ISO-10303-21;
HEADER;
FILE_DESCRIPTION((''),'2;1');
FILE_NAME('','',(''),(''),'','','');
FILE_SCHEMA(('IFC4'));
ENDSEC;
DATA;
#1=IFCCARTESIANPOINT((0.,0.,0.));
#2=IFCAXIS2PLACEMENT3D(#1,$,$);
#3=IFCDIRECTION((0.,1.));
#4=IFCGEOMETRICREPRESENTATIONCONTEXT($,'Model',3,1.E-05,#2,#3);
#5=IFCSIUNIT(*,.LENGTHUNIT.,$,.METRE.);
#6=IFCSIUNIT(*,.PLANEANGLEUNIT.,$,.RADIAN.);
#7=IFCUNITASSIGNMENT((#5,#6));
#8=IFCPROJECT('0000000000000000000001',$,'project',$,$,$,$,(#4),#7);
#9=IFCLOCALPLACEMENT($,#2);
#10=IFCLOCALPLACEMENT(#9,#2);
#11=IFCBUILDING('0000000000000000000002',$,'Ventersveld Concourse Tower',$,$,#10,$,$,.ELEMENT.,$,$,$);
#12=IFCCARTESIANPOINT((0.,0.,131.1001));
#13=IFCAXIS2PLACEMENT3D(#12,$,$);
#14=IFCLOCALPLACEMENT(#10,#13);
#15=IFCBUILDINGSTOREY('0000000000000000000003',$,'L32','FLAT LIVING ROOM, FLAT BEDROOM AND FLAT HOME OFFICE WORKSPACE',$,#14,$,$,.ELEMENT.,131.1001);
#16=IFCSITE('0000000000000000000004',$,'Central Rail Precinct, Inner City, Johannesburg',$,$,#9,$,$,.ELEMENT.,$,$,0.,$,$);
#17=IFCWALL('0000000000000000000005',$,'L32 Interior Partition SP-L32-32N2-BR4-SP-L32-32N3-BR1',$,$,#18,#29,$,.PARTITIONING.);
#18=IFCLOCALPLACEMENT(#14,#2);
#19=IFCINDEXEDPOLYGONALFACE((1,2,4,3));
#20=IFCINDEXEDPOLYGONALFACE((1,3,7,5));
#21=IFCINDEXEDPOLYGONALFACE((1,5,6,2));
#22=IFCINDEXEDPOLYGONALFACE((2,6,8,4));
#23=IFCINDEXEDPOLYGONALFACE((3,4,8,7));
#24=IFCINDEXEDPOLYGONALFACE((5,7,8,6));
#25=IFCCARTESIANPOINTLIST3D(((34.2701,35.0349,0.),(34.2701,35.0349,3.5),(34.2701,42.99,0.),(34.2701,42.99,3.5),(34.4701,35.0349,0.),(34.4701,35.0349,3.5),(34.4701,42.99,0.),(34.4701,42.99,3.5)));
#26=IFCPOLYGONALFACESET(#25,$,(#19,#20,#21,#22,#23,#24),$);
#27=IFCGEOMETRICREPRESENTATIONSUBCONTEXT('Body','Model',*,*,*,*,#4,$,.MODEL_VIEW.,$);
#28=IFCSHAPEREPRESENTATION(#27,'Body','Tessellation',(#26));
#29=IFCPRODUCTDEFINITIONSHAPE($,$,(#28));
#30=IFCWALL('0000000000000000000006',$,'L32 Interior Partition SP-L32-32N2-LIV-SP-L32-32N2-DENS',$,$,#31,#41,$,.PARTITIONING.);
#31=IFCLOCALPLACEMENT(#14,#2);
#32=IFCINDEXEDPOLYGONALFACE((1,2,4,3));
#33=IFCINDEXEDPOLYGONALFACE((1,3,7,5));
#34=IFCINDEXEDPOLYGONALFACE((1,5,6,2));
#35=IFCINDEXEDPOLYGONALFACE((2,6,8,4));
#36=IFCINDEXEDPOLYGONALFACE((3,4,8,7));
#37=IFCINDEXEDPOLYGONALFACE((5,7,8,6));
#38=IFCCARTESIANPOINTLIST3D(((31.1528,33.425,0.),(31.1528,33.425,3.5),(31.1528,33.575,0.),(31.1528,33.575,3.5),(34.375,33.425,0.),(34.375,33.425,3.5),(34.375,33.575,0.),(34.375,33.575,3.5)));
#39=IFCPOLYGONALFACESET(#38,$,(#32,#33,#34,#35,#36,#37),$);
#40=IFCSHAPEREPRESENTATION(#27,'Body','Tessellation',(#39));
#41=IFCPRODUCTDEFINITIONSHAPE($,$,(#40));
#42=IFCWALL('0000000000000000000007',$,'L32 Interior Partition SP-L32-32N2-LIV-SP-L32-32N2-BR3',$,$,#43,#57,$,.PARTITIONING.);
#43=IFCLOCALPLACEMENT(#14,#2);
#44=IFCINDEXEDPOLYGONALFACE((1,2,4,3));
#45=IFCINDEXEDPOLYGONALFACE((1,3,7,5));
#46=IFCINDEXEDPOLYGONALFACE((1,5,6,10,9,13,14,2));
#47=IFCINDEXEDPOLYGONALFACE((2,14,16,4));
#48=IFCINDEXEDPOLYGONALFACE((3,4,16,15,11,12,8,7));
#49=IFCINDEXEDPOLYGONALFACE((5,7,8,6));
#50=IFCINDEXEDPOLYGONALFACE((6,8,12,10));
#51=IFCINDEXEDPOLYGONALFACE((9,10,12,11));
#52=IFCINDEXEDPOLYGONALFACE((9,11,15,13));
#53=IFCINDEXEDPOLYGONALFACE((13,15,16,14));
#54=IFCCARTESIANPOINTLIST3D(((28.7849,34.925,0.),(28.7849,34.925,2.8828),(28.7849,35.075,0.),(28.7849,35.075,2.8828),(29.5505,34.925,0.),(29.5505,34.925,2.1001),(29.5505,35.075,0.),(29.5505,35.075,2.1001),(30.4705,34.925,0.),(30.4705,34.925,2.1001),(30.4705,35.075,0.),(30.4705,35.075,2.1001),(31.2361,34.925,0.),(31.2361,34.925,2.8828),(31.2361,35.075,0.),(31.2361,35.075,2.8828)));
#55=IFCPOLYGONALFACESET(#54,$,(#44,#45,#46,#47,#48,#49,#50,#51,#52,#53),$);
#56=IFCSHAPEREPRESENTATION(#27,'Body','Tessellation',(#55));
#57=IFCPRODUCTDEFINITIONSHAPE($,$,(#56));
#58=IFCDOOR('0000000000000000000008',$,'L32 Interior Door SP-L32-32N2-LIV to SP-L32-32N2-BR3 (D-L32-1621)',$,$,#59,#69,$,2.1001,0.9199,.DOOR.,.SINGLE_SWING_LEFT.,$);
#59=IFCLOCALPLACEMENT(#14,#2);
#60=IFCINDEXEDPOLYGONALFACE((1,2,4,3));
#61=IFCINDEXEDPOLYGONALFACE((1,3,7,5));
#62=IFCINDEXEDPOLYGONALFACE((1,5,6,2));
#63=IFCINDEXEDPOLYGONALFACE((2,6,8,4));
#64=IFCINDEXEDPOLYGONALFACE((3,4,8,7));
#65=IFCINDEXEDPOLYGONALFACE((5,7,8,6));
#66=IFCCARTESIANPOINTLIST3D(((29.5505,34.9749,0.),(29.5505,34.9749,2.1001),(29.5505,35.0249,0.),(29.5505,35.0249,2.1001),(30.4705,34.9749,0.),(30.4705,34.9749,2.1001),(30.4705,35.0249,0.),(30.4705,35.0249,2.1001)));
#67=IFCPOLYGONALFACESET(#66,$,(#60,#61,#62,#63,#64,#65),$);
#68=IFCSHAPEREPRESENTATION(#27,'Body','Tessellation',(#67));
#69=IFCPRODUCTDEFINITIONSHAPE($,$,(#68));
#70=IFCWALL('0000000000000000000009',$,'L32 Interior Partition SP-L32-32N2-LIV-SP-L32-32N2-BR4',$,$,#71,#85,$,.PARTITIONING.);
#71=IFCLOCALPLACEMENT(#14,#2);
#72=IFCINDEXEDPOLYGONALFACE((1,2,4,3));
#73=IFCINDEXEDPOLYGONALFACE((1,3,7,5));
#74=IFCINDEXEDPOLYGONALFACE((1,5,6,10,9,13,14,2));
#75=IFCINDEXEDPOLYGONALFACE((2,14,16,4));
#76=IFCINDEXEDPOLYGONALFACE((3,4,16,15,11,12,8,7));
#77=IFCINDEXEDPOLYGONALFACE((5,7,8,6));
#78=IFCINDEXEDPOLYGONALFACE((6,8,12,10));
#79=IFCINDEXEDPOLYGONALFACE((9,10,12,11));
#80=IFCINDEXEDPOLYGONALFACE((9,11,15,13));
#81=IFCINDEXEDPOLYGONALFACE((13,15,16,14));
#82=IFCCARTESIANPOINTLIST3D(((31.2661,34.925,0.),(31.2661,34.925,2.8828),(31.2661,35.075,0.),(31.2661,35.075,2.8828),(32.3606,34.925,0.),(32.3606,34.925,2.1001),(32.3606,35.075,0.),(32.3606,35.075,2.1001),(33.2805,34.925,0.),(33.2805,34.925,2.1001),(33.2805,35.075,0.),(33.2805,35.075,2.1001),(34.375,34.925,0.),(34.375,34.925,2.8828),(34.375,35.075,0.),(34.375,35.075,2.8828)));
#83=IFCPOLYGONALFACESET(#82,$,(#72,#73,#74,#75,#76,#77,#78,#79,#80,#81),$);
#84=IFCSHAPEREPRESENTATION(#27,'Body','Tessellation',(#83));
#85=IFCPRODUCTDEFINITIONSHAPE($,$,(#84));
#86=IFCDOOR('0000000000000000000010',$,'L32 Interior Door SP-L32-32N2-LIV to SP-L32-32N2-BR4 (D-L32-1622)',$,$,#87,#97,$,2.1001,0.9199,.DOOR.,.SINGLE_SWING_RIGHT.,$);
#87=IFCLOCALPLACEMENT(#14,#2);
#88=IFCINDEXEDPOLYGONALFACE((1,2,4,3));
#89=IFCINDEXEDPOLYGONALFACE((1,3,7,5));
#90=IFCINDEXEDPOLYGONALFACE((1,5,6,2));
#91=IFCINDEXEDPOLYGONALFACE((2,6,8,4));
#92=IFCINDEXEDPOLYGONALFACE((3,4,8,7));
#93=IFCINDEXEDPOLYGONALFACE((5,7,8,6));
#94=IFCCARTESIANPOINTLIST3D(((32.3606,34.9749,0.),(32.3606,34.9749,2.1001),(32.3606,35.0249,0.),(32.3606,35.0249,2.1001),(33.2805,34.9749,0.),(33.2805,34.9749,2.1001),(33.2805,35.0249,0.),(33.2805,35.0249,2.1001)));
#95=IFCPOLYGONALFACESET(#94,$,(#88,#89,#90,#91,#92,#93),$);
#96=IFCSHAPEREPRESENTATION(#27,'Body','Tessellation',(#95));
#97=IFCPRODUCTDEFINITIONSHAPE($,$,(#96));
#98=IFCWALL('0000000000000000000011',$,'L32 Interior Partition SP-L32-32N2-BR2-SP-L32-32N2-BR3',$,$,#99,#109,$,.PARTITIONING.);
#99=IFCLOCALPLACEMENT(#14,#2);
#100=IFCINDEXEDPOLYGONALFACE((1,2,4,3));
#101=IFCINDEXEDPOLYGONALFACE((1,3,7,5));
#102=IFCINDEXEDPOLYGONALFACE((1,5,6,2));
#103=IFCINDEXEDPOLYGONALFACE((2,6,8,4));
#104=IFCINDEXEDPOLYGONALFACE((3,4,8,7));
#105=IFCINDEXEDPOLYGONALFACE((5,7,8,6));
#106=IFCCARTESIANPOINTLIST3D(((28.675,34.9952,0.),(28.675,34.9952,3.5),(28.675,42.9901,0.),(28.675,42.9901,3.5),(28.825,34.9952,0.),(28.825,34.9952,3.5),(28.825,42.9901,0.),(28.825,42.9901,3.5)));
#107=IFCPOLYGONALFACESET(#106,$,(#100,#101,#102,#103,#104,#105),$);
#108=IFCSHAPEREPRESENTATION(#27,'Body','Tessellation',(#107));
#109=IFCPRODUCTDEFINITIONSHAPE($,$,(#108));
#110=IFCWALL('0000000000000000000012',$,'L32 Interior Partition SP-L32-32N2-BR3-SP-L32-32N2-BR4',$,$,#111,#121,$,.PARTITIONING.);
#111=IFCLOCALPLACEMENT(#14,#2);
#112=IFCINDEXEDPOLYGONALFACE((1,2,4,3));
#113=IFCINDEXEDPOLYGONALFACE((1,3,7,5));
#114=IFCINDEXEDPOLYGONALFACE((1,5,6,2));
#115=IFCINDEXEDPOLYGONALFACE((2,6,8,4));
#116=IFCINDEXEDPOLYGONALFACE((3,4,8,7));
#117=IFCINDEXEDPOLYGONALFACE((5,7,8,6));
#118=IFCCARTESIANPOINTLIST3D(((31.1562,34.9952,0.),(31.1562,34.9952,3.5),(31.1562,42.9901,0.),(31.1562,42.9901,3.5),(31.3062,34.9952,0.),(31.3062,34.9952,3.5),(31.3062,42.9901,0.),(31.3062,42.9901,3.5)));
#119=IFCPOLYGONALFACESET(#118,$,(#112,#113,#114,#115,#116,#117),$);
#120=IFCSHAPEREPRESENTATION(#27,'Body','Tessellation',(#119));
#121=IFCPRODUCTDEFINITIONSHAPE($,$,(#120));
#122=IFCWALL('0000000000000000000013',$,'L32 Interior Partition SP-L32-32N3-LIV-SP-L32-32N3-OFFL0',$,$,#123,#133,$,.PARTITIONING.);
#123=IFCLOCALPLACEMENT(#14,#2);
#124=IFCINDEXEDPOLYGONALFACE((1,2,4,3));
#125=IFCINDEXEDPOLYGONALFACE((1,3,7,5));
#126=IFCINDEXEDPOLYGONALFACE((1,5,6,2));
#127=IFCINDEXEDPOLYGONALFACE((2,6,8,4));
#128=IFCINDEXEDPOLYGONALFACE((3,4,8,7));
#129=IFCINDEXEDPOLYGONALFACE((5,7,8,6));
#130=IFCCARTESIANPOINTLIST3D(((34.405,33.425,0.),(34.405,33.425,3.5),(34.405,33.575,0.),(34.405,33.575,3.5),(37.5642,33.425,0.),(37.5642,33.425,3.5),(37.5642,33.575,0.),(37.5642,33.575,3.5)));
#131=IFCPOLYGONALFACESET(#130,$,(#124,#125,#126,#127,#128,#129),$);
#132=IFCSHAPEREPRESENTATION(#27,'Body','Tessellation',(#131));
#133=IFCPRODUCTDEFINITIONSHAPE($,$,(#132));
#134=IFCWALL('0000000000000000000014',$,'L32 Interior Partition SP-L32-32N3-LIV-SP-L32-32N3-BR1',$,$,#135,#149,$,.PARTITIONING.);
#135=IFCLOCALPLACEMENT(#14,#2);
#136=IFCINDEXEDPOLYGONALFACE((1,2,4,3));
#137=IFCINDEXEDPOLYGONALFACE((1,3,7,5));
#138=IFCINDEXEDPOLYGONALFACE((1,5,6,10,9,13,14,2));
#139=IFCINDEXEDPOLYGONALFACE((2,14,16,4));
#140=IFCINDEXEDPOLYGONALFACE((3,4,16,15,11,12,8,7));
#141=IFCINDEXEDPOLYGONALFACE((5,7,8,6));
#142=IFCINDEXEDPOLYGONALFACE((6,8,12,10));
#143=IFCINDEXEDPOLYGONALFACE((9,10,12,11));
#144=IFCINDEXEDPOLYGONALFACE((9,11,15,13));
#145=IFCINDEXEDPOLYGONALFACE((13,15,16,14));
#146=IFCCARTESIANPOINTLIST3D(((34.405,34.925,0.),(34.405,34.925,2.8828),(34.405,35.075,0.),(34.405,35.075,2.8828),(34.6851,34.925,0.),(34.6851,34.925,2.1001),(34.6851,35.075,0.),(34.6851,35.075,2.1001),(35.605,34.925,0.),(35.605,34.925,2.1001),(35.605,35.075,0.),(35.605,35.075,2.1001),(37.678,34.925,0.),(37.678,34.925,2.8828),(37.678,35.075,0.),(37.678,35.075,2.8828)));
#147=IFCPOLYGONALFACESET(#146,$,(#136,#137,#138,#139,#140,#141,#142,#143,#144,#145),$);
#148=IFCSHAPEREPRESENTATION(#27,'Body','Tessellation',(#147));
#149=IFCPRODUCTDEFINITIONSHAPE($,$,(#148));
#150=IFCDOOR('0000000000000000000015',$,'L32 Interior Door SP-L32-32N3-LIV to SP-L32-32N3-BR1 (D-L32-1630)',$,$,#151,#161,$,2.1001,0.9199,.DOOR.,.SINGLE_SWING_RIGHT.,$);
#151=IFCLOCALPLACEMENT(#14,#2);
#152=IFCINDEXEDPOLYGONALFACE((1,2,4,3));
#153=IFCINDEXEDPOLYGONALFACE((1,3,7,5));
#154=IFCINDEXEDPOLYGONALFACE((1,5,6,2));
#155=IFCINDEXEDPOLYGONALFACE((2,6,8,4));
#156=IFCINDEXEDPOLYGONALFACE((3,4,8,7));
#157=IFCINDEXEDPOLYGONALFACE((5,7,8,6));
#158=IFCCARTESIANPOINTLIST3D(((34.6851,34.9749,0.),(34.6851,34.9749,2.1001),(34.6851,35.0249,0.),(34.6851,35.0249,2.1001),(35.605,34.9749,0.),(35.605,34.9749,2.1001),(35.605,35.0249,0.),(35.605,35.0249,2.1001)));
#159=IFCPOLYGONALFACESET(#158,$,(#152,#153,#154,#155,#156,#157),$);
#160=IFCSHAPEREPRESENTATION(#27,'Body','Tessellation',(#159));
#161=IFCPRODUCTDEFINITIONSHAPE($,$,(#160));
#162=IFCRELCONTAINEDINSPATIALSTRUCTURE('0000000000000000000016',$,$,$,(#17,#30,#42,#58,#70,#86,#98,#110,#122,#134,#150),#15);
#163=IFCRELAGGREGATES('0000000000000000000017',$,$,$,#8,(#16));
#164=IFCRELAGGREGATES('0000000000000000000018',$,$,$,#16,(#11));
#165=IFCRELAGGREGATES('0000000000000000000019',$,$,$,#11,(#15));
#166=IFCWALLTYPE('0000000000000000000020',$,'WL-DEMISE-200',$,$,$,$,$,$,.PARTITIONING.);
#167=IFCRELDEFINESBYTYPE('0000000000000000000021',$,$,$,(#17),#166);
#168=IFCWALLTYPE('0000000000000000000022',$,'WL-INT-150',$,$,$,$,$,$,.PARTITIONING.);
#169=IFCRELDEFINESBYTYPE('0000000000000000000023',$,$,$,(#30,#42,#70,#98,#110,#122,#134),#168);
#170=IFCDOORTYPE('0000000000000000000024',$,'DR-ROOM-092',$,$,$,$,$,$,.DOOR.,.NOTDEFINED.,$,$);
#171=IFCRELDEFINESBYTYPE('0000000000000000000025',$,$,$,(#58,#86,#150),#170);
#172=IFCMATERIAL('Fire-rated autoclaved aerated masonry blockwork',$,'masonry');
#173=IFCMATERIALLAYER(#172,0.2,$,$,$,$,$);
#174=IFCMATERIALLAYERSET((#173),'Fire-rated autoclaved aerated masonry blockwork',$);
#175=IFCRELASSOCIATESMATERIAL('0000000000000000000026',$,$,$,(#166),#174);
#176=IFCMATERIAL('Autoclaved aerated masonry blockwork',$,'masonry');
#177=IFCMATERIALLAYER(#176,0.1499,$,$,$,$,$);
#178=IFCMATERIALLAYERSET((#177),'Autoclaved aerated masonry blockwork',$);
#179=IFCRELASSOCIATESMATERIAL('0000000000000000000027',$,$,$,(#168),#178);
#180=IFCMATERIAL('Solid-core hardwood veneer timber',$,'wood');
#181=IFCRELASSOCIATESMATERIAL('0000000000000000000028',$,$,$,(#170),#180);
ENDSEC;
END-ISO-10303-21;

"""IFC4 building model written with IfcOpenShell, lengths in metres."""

from ifc_helpers import new_model, si_unit, direction, frame, frame_2d, origin, place, context, subcontext, project, spatial, rectangle, extrude, material, layer, layer_set, type_object, element, fill, save


model = new_model("IFC4")

# Units and contexts
model_context = context("Model", 3, precision=1e-05, world=origin(), true_north=direction((0.0, 1.0)))
body_context = subcontext(model_context, "Body", "Model", "MODEL_VIEW")
ifc_project = project(units=[si_unit("LENGTHUNIT", "METRE"), si_unit("PLANEANGLEUNIT", "RADIAN")], contexts=[model_context])

# Site, building, storey
site_placement = place(None, origin())
site = spatial("IfcSite", under=ifc_project, at=site_placement, Name="Central Rail Precinct, Inner City, Johannesburg", CompositionType="ELEMENT", RefElevation=0.0)
building_placement = place(site_placement, origin())
building = spatial("IfcBuilding", under=site, at=building_placement, Name="Ventersveld Concourse Tower", CompositionType="ELEMENT")
storey_placement = place(building_placement, frame((0.0, 0.0, 131.1001)))
storey = spatial("IfcBuildingStorey", under=building, at=storey_placement, Name="L32", Description="FLAT LIVING ROOM, FLAT BEDROOM AND FLAT HOME OFFICE WORKSPACE", CompositionType="ELEMENT", Elevation=131.1001)

# Walls
ifc_material_1 = material(Name="Fire-rated autoclaved aerated masonry blockwork", Category="masonry")
ifc_layer_1 = layer(ifc_material_1, 0.2)
ifc_layer_set_1 = layer_set([ifc_layer_1], Name="Fire-rated autoclaved aerated masonry blockwork")
wall_type_1 = type_object("IfcWallType", Name="WL-DEMISE-200", PredefinedType="PARTITIONING", material=ifc_layer_set_1)
wall_1_placement = place(storey_placement, frame((34.3701, 35.0349, 0.0), z_axis=(0.0, 0.0, 1.0), x_axis=(0.0, 1.0, 0.0)))
element("IfcWall", 1, at=wall_1_placement, inside=storey, type_object=wall_type_1, Name="L32 Interior Partition SP-L32-32N2-BR4-SP-L32-32N3-BR1", PredefinedType="PARTITIONING", context=body_context, shape_type="SweptSolid", body=[
    extrude(rectangle(XDim=7.9551, YDim=0.2, at=frame_2d((3.9775, 0.0))), origin(), (0.0, 0.0, 1.0), 3.5),
])
ifc_material_2 = material(Name="Autoclaved aerated masonry blockwork", Category="masonry")
ifc_layer_2 = layer(ifc_material_2, 0.1499)
ifc_layer_set_2 = layer_set([ifc_layer_2], Name="Autoclaved aerated masonry blockwork")
wall_type_2 = type_object("IfcWallType", Name="WL-INT-150", PredefinedType="PARTITIONING", material=ifc_layer_set_2)
wall_2_placement = place(storey_placement, frame((31.1528, 33.5, 0.0), z_axis=(0.0, 0.0, 1.0), x_axis=(1.0, 0.0, 0.0)))
element("IfcWall", 2, at=wall_2_placement, inside=storey, type_object=wall_type_2, Name="L32 Interior Partition SP-L32-32N2-LIV-SP-L32-32N2-DENS", PredefinedType="PARTITIONING", context=body_context, shape_type="SweptSolid", body=[
    extrude(rectangle(XDim=3.2222, YDim=0.1499, at=frame_2d((1.6111, 0.0))), origin(), (0.0, 0.0, 1.0), 3.5),
])

# Walls, openings, doors
wall_3_placement = place(storey_placement, frame((28.7849, 35.0, 0.0), z_axis=(0.0, 0.0, 1.0), x_axis=(1.0, 0.0, 0.0)))
wall_3 = element("IfcWall", 3, at=wall_3_placement, inside=storey, type_object=wall_type_2, Name="L32 Interior Partition SP-L32-32N2-LIV-SP-L32-32N2-BR3", PredefinedType="PARTITIONING", context=body_context, shape_type="SweptSolid", body=[
    extrude(rectangle(XDim=2.4512, YDim=0.1499, at=frame_2d((1.2256, 0.0))), origin(), (0.0, 0.0, 1.0), 2.8828),
])
opening_1_placement = place(wall_3_placement, frame((0.7656, 0.0, 0.0)))
opening_1 = element("IfcOpeningElement", 4, at=opening_1_placement, cuts=wall_3, PredefinedType="OPENING", context=body_context, shape_type="SweptSolid", body=[
    extrude(rectangle(XDim=0.9199, YDim=2.1001, at=frame_2d((0.46, 1.05))), frame((0.0, 0.085, 0.0), z_axis=(0.0, -1.0, 0.0), x_axis=(1.0, 0.0, 0.0)), (0.0, 0.0, 1.0), 0.1699),
])
ifc_material_3 = material(Name="Solid-core hardwood veneer timber", Category="wood")
door_type = type_object("IfcDoorType", Name="DR-ROOM-092", OperationType="NOTDEFINED", PredefinedType="DOOR", material=ifc_material_3)
door_1_placement = place(opening_1_placement, origin())
door_1 = element("IfcDoor", 5, at=door_1_placement, inside=storey, type_object=door_type, Name="L32 Interior Door SP-L32-32N2-LIV to SP-L32-32N2-BR3 (D-L32-1621)", OperationType="SINGLE_SWING_LEFT", OverallHeight=2.1001, OverallWidth=0.9199, PredefinedType="DOOR", context=body_context, shape_type="SweptSolid", body=[
    extrude(rectangle(XDim=0.9199, YDim=2.1001, at=frame_2d((0.46, 1.05))), frame((0.0, 0.0249, 0.0), z_axis=(0.0, -1.0, 0.0), x_axis=(1.0, 0.0, 0.0)), (0.0, 0.0, 1.0), 0.05),
])
fill(opening_1, door_1)
wall_4_placement = place(storey_placement, frame((31.2661, 35.0, 0.0), z_axis=(0.0, 0.0, 1.0), x_axis=(1.0, 0.0, 0.0)))
wall_4 = element("IfcWall", 6, at=wall_4_placement, inside=storey, type_object=wall_type_2, Name="L32 Interior Partition SP-L32-32N2-LIV-SP-L32-32N2-BR4", PredefinedType="PARTITIONING", context=body_context, shape_type="SweptSolid", body=[
    extrude(rectangle(XDim=3.1089, YDim=0.1499, at=frame_2d((1.5544, 0.0))), origin(), (0.0, 0.0, 1.0), 2.8828),
])
opening_2_placement = place(wall_4_placement, frame((1.0945, 0.0, 0.0)))
opening_2 = element("IfcOpeningElement", 7, at=opening_2_placement, cuts=wall_4, PredefinedType="OPENING", context=body_context, shape_type="SweptSolid", body=[
    extrude(rectangle(XDim=0.9199, YDim=2.1001, at=frame_2d((0.46, 1.05))), frame((0.0, 0.085, 0.0), z_axis=(0.0, -1.0, 0.0), x_axis=(1.0, 0.0, 0.0)), (0.0, 0.0, 1.0), 0.1699),
])
door_2_placement = place(opening_2_placement, origin())
door_2 = element("IfcDoor", 8, at=door_2_placement, inside=storey, type_object=door_type, Name="L32 Interior Door SP-L32-32N2-LIV to SP-L32-32N2-BR4 (D-L32-1622)", OperationType="SINGLE_SWING_RIGHT", OverallHeight=2.1001, OverallWidth=0.9199, PredefinedType="DOOR", context=body_context, shape_type="SweptSolid", body=[
    extrude(rectangle(XDim=0.9199, YDim=2.1001, at=frame_2d((0.46, 1.05))), frame((0.0, 0.0249, 0.0), z_axis=(0.0, -1.0, 0.0), x_axis=(1.0, 0.0, 0.0)), (0.0, 0.0, 1.0), 0.05),
])
fill(opening_2, door_2)

# Walls
for number, where, z_axis, x_axis, name in (
    (9, (28.75, 34.9951, 0.0), (0.0, 0.0, 1.0), (0.0, 1.0, 0.0), "L32 Interior Partition SP-L32-32N2-BR2-SP-L32-32N2-BR3"),
    (10, (31.2312, 34.9951, 0.0), (0.0, 0.0, 1.0), (0.0, 1.0, 0.0), "L32 Interior Partition SP-L32-32N2-BR3-SP-L32-32N2-BR4"),
):
    element("IfcWall", number, at=place(storey_placement, frame(where, z_axis=z_axis, x_axis=x_axis)), inside=storey, type_object=wall_type_2, Name=name, PredefinedType="PARTITIONING", context=body_context, shape_type="SweptSolid", body=[
        extrude(rectangle(XDim=7.9949, YDim=0.1499, at=frame_2d((3.9976, 0.0))), origin(), (0.0, 0.0, 1.0), 3.5),
    ])
wall_5_placement = place(storey_placement, frame((34.405, 33.5, 0.0), z_axis=(0.0, 0.0, 1.0), x_axis=(1.0, 0.0, 0.0)))
element("IfcWall", 11, at=wall_5_placement, inside=storey, type_object=wall_type_2, Name="L32 Interior Partition SP-L32-32N3-LIV-SP-L32-32N3-OFFL0", PredefinedType="PARTITIONING", context=body_context, shape_type="SweptSolid", body=[
    extrude(rectangle(XDim=3.1592, YDim=0.1499, at=frame_2d((1.5796, 0.0))), origin(), (0.0, 0.0, 1.0), 3.5),
])

# Wall, opening, door
wall_6_placement = place(storey_placement, frame((34.405, 35.0, 0.0), z_axis=(0.0, 0.0, 1.0), x_axis=(1.0, 0.0, 0.0)))
wall_6 = element("IfcWall", 12, at=wall_6_placement, inside=storey, type_object=wall_type_2, Name="L32 Interior Partition SP-L32-32N3-LIV-SP-L32-32N3-BR1", PredefinedType="PARTITIONING", context=body_context, shape_type="SweptSolid", body=[
    extrude(rectangle(XDim=3.2729, YDim=0.1499, at=frame_2d((1.6365, 0.0))), origin(), (0.0, 0.0, 1.0), 2.8828),
])
opening_3_placement = place(wall_6_placement, frame((0.28, 0.0, 0.0)))
opening_3 = element("IfcOpeningElement", 13, at=opening_3_placement, cuts=wall_6, PredefinedType="OPENING", context=body_context, shape_type="SweptSolid", body=[
    extrude(rectangle(XDim=0.9199, YDim=2.1001, at=frame_2d((0.46, 1.05))), frame((0.0, 0.085, 0.0), z_axis=(0.0, -1.0, 0.0), x_axis=(1.0, 0.0, 0.0)), (0.0, 0.0, 1.0), 0.1699),
])
door_3_placement = place(opening_3_placement, origin())
door_3 = element("IfcDoor", 14, at=door_3_placement, inside=storey, type_object=door_type, Name="L32 Interior Door SP-L32-32N3-LIV to SP-L32-32N3-BR1 (D-L32-1630)", OperationType="SINGLE_SWING_RIGHT", OverallHeight=2.1001, OverallWidth=0.9199, PredefinedType="DOOR", context=body_context, shape_type="SweptSolid", body=[
    extrude(rectangle(XDim=0.9199, YDim=2.1001, at=frame_2d((0.46, 1.05))), frame((0.0, 0.0249, 0.0), z_axis=(0.0, -1.0, 0.0), x_axis=(1.0, 0.0, 0.0)), (0.0, 0.0, 1.0), 0.05),
])
fill(opening_3, door_3)

save(model, "model.ifc")
